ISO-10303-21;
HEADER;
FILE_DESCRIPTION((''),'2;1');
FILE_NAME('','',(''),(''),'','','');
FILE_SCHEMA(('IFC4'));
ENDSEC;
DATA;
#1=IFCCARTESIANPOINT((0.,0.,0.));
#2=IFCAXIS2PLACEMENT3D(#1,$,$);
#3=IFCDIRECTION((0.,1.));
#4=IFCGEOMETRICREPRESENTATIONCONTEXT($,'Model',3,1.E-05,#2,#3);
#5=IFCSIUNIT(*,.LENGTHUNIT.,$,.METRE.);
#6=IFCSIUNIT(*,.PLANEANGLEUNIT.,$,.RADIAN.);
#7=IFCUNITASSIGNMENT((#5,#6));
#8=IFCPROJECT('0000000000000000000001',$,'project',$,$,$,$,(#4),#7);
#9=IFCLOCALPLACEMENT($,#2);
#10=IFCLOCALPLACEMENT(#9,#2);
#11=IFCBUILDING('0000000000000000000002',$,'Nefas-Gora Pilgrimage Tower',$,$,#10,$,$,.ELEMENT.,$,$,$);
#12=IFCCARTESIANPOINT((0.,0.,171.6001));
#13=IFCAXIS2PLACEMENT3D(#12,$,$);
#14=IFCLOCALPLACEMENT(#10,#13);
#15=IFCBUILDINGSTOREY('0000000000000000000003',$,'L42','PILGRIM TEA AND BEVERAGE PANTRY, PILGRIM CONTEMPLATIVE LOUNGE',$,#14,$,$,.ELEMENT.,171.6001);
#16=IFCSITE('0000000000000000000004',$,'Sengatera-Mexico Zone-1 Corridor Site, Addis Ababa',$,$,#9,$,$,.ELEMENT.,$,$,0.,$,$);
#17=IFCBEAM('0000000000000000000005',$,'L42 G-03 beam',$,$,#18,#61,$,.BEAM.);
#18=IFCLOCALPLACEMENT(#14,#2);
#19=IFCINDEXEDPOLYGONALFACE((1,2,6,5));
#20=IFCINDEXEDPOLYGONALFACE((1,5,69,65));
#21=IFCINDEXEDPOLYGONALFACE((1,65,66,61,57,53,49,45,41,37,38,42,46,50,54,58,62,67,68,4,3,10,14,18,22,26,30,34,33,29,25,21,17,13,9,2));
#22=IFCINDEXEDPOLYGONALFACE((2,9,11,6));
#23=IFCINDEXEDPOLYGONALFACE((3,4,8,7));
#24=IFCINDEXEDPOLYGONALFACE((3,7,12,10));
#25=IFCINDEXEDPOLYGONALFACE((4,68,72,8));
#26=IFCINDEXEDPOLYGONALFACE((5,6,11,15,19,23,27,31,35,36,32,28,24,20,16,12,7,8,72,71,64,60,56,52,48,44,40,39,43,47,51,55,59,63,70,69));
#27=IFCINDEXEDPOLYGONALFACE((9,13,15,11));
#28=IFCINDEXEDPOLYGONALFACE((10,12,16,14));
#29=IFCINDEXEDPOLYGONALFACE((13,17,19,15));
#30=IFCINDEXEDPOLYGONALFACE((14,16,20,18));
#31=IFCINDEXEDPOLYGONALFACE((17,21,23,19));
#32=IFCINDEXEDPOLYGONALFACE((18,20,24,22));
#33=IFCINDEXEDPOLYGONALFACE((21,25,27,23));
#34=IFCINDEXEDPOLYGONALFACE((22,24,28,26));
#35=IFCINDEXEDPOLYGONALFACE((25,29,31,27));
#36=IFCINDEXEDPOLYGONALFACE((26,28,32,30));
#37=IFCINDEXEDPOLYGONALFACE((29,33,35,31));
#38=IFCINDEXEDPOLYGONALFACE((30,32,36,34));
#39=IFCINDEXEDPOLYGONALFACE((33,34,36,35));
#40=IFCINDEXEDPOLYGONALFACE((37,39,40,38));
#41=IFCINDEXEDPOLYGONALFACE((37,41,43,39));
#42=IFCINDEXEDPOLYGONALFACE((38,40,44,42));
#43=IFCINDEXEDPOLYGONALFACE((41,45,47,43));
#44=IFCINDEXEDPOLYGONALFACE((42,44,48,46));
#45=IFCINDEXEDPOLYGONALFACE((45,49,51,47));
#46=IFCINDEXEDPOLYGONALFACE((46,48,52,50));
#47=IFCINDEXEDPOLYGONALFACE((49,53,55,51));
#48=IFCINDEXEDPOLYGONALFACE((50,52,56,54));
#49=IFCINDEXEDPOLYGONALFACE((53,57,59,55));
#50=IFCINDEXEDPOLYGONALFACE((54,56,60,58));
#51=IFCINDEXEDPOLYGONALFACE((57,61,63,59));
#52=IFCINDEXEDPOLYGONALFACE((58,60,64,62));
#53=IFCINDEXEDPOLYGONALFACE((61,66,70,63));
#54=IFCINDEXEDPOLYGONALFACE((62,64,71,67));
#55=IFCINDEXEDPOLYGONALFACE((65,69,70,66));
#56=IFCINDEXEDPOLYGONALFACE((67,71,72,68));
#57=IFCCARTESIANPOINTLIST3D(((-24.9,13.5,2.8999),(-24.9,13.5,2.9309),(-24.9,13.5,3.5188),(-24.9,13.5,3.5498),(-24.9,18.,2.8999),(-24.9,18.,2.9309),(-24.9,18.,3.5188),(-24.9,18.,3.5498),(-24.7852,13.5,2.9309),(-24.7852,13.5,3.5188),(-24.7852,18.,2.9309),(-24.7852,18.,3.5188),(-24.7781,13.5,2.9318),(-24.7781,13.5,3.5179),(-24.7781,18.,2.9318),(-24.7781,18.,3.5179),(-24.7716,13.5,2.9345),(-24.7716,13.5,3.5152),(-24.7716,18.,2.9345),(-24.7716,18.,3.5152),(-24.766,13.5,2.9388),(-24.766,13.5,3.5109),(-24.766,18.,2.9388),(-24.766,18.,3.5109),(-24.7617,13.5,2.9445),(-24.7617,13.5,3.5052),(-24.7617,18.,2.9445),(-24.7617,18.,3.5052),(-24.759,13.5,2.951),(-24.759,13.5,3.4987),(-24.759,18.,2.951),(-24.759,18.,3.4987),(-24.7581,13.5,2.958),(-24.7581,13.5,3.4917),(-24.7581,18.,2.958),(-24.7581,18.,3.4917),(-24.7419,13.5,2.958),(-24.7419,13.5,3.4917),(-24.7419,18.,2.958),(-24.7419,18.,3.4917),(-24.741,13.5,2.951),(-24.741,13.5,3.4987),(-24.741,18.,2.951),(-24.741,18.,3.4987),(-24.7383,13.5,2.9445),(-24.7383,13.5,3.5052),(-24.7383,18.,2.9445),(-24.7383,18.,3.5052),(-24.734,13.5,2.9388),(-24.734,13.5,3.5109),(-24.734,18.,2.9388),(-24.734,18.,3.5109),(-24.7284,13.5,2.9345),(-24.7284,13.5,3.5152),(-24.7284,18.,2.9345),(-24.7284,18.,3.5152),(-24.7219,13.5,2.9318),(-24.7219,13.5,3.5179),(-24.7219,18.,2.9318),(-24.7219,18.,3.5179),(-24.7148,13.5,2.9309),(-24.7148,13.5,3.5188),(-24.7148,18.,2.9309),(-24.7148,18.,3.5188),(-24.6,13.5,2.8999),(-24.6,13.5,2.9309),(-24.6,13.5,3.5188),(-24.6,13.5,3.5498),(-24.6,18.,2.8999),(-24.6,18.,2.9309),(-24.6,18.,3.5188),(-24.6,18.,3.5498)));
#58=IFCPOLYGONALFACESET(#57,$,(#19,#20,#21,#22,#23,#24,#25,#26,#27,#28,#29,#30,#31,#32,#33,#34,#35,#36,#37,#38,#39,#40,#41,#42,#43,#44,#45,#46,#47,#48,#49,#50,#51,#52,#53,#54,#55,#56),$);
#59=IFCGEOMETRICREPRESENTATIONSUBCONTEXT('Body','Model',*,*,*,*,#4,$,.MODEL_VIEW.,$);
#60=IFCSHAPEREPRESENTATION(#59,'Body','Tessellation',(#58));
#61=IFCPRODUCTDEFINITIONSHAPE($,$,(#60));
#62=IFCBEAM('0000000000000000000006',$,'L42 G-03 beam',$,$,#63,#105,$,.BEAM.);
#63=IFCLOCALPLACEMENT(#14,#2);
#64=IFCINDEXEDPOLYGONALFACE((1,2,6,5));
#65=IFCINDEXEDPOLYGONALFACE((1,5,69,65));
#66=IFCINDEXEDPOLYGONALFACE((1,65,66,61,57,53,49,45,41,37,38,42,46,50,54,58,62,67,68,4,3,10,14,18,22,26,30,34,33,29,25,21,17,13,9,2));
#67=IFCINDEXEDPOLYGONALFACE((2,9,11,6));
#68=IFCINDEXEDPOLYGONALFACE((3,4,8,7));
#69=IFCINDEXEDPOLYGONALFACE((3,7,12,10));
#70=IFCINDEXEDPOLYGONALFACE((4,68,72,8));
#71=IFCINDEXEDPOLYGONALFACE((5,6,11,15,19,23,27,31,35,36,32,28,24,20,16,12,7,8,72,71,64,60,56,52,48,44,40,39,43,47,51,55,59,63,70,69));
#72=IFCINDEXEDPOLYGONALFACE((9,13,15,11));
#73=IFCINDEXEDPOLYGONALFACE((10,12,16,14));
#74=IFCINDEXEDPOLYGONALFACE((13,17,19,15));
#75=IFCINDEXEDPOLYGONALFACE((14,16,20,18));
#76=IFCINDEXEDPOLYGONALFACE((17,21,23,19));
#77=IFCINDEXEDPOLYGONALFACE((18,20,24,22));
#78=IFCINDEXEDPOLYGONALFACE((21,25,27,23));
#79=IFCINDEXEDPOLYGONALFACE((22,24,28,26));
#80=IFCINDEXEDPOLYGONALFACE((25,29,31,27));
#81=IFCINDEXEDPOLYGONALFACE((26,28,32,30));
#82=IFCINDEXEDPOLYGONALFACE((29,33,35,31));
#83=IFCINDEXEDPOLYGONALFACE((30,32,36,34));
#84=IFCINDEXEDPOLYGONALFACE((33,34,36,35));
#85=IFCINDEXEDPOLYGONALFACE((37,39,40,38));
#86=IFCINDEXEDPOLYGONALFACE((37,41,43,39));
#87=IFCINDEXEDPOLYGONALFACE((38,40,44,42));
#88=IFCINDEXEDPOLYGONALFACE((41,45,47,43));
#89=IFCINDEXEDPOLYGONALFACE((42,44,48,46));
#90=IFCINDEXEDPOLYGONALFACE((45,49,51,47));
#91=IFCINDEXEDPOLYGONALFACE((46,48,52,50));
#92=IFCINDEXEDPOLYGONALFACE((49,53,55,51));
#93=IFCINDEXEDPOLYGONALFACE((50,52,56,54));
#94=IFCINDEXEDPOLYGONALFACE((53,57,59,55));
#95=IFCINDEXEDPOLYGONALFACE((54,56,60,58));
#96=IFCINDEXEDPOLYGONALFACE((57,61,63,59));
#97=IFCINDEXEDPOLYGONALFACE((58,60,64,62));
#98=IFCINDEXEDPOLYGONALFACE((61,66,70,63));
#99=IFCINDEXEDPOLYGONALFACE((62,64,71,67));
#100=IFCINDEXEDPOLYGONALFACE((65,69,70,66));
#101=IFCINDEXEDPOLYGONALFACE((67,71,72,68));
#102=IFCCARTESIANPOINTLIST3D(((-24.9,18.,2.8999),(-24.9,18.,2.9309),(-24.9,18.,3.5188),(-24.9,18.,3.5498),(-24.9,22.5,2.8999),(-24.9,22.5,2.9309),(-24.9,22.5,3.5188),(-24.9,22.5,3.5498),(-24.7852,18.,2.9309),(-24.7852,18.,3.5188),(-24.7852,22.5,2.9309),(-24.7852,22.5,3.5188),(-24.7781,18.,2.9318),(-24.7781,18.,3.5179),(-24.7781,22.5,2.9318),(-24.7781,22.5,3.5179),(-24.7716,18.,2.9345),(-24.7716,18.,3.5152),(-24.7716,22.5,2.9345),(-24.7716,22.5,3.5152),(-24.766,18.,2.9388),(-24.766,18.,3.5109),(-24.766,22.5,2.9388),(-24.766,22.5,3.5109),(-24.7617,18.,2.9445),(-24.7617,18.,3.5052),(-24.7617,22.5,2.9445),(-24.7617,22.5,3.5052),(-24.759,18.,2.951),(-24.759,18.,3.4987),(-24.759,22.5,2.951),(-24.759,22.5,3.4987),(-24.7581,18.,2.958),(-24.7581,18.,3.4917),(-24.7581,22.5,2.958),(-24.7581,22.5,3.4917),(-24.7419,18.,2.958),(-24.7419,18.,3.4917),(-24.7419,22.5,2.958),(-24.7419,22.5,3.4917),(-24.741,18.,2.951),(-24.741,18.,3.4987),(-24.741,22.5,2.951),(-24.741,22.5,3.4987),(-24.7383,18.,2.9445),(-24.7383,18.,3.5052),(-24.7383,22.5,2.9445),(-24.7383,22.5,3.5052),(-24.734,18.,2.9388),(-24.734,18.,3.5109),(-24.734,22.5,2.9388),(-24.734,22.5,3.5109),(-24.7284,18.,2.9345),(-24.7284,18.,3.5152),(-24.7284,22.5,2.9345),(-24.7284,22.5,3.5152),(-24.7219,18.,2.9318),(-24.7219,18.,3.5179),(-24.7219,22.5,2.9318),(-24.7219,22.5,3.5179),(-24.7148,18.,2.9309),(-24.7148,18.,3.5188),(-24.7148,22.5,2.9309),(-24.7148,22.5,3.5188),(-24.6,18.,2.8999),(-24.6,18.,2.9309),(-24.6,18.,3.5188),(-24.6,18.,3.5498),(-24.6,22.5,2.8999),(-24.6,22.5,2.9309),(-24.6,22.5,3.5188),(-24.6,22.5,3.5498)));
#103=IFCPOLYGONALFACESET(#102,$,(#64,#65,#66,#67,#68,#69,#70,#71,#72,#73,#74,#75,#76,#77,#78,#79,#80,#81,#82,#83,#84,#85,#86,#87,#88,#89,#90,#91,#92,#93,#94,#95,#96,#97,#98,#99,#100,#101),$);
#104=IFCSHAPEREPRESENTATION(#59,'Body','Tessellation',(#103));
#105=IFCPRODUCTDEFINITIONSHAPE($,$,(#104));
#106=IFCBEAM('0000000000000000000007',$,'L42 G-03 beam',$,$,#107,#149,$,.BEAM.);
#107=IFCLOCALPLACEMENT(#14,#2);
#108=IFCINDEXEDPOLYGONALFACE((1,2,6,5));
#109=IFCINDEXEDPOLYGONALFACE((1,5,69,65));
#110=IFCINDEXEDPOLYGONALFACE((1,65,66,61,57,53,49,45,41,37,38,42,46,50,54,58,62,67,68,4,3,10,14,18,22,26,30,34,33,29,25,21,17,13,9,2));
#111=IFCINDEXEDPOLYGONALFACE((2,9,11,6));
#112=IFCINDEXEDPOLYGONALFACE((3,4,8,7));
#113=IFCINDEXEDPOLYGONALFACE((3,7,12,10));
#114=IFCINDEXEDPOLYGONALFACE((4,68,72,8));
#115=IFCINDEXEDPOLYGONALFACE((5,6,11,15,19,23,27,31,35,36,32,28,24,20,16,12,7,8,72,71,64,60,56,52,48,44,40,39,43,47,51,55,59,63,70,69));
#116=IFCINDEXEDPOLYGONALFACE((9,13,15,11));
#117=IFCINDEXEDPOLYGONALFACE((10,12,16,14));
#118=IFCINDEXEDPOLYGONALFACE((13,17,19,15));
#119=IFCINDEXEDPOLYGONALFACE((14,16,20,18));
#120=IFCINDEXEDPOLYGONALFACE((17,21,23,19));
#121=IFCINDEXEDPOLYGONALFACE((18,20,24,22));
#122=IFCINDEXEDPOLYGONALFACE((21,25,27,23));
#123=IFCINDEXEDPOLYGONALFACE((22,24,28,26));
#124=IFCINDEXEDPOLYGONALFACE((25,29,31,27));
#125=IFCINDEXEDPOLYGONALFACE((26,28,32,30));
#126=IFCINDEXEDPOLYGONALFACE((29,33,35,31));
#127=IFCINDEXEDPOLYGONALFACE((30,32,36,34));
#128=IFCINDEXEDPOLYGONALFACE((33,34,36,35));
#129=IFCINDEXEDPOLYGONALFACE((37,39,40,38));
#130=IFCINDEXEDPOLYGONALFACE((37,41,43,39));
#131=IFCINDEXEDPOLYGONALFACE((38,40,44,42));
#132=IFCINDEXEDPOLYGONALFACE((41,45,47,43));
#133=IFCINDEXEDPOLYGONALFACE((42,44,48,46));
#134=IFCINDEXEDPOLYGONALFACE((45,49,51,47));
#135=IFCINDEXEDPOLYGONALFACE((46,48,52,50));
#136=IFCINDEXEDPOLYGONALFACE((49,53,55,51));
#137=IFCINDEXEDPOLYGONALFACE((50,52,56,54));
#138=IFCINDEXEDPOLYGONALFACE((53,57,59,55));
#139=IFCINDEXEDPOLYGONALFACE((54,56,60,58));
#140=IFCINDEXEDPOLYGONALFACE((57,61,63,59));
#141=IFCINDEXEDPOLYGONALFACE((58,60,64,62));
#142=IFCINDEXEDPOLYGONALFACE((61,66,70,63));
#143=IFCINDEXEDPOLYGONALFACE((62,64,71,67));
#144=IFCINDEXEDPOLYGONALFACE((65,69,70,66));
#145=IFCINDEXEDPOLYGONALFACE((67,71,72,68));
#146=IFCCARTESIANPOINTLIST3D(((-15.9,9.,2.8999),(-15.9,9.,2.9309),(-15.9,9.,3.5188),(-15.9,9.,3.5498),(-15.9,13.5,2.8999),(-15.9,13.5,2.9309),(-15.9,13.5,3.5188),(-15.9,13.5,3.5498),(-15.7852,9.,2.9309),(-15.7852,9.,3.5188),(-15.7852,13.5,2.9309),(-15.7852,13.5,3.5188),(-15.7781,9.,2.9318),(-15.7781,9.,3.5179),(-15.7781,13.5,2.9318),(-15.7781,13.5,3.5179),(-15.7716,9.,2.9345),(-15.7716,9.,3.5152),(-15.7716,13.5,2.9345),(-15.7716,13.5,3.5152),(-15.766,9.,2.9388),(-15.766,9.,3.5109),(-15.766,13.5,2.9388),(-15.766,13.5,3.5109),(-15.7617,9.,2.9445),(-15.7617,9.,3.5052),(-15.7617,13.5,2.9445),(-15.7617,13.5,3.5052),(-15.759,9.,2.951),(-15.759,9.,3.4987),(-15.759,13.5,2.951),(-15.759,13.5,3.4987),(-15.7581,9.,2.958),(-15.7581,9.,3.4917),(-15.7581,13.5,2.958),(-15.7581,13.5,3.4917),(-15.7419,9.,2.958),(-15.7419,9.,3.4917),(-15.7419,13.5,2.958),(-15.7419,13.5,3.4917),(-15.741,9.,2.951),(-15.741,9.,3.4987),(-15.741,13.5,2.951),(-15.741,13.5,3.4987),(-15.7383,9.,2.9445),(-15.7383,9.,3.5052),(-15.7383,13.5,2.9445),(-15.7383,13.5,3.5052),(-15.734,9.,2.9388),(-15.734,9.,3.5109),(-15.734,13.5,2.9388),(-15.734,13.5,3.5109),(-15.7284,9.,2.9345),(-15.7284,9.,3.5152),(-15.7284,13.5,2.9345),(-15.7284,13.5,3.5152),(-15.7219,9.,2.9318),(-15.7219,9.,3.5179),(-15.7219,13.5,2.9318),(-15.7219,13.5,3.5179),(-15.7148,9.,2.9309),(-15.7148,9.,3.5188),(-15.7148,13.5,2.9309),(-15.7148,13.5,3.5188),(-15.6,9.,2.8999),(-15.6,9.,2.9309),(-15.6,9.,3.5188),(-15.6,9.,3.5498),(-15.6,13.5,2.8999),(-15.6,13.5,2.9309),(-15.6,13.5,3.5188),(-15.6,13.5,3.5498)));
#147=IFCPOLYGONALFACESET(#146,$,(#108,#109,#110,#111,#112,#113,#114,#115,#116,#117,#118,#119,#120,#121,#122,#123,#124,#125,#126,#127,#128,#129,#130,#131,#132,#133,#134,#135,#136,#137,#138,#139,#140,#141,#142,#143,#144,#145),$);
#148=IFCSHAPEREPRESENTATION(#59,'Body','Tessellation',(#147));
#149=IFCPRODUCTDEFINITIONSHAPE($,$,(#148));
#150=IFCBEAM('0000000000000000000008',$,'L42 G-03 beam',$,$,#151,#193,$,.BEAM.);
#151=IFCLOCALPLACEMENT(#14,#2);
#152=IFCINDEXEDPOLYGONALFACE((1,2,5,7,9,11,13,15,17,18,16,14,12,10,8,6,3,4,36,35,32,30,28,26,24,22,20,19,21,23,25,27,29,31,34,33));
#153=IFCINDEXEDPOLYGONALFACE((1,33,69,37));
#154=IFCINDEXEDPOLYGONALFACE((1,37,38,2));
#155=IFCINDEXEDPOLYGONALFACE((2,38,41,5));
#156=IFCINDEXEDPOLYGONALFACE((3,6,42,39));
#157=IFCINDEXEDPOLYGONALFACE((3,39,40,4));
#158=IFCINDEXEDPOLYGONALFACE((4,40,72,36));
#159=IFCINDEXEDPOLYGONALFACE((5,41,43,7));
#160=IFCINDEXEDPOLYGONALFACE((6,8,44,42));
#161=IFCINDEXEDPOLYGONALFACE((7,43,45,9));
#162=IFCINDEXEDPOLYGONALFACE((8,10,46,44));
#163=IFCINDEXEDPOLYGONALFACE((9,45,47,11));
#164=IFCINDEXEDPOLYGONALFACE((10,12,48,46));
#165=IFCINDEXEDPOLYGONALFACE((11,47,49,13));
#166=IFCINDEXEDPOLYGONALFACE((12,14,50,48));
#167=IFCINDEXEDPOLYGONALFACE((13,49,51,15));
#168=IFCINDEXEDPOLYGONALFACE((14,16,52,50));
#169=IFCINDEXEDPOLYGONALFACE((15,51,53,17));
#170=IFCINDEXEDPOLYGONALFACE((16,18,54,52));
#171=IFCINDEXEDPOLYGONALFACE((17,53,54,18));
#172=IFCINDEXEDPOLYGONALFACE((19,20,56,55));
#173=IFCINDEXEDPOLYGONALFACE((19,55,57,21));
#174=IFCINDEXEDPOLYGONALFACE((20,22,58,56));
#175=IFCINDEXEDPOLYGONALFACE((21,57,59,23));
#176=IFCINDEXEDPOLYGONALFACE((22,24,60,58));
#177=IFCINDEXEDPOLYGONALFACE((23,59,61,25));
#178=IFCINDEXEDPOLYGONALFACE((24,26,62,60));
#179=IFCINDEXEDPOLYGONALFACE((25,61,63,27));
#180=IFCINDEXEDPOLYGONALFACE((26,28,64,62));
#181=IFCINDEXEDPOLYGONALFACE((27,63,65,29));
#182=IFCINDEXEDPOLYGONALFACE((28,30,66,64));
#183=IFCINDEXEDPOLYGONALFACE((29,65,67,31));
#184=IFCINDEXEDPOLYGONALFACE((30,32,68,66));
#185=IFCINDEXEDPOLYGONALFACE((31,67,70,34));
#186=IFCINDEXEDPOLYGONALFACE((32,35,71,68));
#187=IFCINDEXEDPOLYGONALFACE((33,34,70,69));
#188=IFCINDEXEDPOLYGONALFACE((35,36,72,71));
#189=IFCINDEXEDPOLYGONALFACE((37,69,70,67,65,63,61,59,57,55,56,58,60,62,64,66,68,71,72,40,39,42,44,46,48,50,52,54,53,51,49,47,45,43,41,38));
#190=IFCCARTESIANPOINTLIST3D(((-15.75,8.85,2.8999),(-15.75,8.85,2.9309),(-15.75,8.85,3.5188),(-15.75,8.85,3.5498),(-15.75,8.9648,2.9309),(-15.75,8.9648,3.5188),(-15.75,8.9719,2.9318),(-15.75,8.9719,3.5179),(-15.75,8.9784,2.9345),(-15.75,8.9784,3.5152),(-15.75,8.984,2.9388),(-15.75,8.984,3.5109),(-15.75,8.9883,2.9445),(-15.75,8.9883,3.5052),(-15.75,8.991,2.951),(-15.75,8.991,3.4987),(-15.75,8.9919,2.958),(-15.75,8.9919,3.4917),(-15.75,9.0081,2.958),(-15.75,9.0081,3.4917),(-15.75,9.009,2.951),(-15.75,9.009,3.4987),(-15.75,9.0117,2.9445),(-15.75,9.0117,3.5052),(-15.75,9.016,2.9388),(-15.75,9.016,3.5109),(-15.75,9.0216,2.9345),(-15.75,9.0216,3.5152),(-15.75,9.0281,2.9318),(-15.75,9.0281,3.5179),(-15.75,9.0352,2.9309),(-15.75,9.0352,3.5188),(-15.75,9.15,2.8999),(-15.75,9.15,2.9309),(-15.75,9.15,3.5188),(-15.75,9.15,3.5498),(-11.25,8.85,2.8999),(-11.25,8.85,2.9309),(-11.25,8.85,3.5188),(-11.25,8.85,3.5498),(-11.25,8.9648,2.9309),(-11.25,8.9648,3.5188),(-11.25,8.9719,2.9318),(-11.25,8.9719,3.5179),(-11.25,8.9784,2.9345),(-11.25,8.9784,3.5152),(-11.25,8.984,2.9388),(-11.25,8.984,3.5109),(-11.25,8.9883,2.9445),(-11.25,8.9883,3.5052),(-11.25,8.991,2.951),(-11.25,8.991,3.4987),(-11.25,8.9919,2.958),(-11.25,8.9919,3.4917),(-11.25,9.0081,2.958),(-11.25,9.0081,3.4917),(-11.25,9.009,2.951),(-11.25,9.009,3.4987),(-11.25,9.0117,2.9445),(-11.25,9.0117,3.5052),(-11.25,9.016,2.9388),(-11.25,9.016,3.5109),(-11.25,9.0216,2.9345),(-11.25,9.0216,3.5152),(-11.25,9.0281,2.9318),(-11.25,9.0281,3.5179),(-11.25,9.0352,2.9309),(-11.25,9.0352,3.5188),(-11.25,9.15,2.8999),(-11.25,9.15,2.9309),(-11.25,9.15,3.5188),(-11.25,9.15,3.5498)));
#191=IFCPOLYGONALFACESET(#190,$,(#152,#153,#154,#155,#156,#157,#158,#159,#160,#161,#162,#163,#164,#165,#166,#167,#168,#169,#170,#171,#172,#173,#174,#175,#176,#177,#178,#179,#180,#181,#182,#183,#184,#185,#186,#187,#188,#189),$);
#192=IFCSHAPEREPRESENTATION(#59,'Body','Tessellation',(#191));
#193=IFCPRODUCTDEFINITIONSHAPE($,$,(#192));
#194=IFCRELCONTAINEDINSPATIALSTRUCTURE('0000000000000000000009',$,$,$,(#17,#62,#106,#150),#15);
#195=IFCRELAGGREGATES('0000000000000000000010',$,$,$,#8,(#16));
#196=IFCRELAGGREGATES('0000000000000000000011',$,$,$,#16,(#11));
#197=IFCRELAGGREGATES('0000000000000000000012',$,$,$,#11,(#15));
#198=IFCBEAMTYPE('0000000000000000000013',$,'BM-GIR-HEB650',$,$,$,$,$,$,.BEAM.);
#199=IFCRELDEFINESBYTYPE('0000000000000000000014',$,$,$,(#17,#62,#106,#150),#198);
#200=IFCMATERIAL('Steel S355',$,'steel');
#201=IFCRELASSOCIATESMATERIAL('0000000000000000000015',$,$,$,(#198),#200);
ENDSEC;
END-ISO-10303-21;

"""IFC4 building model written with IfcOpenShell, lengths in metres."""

from ifc_helpers import new_model, si_unit, direction, frame, origin, origin_2d, place, context, subcontext, project, spatial, i_section, extrude, source, transform, mapped, material, material_profile, profile_set, type_object, element, save


model = new_model("IFC4")

# Units and contexts
model_context = context("Model", 3, precision=1e-05, world=origin(), true_north=direction((0.0, 1.0)))
body_context = subcontext(model_context, "Body", "Model", "MODEL_VIEW")
ifc_project = project(units=[si_unit("LENGTHUNIT", "METRE"), si_unit("PLANEANGLEUNIT", "RADIAN")], contexts=[model_context])

# Site, building, storey
site_placement = place(None, origin())
site = spatial("IfcSite", under=ifc_project, at=site_placement, Name="Sengatera-Mexico Zone-1 Corridor Site, Addis Ababa", CompositionType="ELEMENT", RefElevation=0.0)
building_placement = place(site_placement, origin())
building = spatial("IfcBuilding", under=site, at=building_placement, Name="Nefas-Gora Pilgrimage Tower", CompositionType="ELEMENT")
storey_placement = place(building_placement, frame((0.0, 0.0, 171.6001)))
storey = spatial("IfcBuildingStorey", under=building, at=storey_placement, Name="L42", Description="PILGRIM TEA AND BEVERAGE PANTRY, PILGRIM CONTEMPLATIVE LOUNGE", CompositionType="ELEMENT", Elevation=171.6001)

# Beams
ifc_material_1 = material(Name="Steel S355", Category="steel")
ifc_material_profile_1 = material_profile(ifc_material_1, i_section(OverallWidth=0.3, OverallDepth=0.6499, WebThickness=0.0161, FlangeThickness=0.031, FilletRadius=0.0271, at=origin_2d()), Name="HEB 650")
ifc_profile_set_1 = profile_set([ifc_material_profile_1], Name="Steel S355")
beam_type_1 = type_object("IfcBeamType", Name="BM-GIR-HEB650", PredefinedType="BEAM", material=ifc_profile_set_1)
shared_shape_1 = source(origin(), body_context, "Body", "SweptSolid", [
    extrude(i_section(OverallWidth=0.3, OverallDepth=0.6499, WebThickness=0.0161, FlangeThickness=0.031, FilletRadius=0.0271, at=origin_2d()), origin(), (0.0, 0.0, 1.0), 4.5),
])
for number, where, z_axis, x_axis, name in (
    (1, (-24.75, 13.5, 3.2249), (0.0, 1.0, 0.0), (-1.0, 0.0, 0.0), "L42 G-03 beam"),
    (2, (-24.75, 18.0, 3.2249), (0.0, 1.0, 0.0), (-1.0, 0.0, 0.0), "L42 G-03 beam"),
    (3, (-15.75, 9.0, 3.2249), (0.0, 1.0, 0.0), (-1.0, 0.0, 0.0), "L42 G-03 beam"),
    (4, (-15.75, 9.0, 3.2249), (1.0, 0.0, 0.0), (0.0, 1.0, 0.0), "L42 G-03 beam"),
):
    element("IfcBeam", number, at=place(storey_placement, frame(where, z_axis=z_axis, x_axis=x_axis)), inside=storey, type_object=beam_type_1, Name=name, PredefinedType="BEAM", context=body_context, shape_type="MappedRepresentation", body=[
        mapped(shared_shape_1, transform((0.0, 0.0, 0.0), x_axis=(1.0, 0.0, 0.0), y_axis=(0.0, 1.0, 0.0), z_axis=(0.0, 0.0, 1.0), scale=1.0)),
    ])

save(model, "model.ifc")
